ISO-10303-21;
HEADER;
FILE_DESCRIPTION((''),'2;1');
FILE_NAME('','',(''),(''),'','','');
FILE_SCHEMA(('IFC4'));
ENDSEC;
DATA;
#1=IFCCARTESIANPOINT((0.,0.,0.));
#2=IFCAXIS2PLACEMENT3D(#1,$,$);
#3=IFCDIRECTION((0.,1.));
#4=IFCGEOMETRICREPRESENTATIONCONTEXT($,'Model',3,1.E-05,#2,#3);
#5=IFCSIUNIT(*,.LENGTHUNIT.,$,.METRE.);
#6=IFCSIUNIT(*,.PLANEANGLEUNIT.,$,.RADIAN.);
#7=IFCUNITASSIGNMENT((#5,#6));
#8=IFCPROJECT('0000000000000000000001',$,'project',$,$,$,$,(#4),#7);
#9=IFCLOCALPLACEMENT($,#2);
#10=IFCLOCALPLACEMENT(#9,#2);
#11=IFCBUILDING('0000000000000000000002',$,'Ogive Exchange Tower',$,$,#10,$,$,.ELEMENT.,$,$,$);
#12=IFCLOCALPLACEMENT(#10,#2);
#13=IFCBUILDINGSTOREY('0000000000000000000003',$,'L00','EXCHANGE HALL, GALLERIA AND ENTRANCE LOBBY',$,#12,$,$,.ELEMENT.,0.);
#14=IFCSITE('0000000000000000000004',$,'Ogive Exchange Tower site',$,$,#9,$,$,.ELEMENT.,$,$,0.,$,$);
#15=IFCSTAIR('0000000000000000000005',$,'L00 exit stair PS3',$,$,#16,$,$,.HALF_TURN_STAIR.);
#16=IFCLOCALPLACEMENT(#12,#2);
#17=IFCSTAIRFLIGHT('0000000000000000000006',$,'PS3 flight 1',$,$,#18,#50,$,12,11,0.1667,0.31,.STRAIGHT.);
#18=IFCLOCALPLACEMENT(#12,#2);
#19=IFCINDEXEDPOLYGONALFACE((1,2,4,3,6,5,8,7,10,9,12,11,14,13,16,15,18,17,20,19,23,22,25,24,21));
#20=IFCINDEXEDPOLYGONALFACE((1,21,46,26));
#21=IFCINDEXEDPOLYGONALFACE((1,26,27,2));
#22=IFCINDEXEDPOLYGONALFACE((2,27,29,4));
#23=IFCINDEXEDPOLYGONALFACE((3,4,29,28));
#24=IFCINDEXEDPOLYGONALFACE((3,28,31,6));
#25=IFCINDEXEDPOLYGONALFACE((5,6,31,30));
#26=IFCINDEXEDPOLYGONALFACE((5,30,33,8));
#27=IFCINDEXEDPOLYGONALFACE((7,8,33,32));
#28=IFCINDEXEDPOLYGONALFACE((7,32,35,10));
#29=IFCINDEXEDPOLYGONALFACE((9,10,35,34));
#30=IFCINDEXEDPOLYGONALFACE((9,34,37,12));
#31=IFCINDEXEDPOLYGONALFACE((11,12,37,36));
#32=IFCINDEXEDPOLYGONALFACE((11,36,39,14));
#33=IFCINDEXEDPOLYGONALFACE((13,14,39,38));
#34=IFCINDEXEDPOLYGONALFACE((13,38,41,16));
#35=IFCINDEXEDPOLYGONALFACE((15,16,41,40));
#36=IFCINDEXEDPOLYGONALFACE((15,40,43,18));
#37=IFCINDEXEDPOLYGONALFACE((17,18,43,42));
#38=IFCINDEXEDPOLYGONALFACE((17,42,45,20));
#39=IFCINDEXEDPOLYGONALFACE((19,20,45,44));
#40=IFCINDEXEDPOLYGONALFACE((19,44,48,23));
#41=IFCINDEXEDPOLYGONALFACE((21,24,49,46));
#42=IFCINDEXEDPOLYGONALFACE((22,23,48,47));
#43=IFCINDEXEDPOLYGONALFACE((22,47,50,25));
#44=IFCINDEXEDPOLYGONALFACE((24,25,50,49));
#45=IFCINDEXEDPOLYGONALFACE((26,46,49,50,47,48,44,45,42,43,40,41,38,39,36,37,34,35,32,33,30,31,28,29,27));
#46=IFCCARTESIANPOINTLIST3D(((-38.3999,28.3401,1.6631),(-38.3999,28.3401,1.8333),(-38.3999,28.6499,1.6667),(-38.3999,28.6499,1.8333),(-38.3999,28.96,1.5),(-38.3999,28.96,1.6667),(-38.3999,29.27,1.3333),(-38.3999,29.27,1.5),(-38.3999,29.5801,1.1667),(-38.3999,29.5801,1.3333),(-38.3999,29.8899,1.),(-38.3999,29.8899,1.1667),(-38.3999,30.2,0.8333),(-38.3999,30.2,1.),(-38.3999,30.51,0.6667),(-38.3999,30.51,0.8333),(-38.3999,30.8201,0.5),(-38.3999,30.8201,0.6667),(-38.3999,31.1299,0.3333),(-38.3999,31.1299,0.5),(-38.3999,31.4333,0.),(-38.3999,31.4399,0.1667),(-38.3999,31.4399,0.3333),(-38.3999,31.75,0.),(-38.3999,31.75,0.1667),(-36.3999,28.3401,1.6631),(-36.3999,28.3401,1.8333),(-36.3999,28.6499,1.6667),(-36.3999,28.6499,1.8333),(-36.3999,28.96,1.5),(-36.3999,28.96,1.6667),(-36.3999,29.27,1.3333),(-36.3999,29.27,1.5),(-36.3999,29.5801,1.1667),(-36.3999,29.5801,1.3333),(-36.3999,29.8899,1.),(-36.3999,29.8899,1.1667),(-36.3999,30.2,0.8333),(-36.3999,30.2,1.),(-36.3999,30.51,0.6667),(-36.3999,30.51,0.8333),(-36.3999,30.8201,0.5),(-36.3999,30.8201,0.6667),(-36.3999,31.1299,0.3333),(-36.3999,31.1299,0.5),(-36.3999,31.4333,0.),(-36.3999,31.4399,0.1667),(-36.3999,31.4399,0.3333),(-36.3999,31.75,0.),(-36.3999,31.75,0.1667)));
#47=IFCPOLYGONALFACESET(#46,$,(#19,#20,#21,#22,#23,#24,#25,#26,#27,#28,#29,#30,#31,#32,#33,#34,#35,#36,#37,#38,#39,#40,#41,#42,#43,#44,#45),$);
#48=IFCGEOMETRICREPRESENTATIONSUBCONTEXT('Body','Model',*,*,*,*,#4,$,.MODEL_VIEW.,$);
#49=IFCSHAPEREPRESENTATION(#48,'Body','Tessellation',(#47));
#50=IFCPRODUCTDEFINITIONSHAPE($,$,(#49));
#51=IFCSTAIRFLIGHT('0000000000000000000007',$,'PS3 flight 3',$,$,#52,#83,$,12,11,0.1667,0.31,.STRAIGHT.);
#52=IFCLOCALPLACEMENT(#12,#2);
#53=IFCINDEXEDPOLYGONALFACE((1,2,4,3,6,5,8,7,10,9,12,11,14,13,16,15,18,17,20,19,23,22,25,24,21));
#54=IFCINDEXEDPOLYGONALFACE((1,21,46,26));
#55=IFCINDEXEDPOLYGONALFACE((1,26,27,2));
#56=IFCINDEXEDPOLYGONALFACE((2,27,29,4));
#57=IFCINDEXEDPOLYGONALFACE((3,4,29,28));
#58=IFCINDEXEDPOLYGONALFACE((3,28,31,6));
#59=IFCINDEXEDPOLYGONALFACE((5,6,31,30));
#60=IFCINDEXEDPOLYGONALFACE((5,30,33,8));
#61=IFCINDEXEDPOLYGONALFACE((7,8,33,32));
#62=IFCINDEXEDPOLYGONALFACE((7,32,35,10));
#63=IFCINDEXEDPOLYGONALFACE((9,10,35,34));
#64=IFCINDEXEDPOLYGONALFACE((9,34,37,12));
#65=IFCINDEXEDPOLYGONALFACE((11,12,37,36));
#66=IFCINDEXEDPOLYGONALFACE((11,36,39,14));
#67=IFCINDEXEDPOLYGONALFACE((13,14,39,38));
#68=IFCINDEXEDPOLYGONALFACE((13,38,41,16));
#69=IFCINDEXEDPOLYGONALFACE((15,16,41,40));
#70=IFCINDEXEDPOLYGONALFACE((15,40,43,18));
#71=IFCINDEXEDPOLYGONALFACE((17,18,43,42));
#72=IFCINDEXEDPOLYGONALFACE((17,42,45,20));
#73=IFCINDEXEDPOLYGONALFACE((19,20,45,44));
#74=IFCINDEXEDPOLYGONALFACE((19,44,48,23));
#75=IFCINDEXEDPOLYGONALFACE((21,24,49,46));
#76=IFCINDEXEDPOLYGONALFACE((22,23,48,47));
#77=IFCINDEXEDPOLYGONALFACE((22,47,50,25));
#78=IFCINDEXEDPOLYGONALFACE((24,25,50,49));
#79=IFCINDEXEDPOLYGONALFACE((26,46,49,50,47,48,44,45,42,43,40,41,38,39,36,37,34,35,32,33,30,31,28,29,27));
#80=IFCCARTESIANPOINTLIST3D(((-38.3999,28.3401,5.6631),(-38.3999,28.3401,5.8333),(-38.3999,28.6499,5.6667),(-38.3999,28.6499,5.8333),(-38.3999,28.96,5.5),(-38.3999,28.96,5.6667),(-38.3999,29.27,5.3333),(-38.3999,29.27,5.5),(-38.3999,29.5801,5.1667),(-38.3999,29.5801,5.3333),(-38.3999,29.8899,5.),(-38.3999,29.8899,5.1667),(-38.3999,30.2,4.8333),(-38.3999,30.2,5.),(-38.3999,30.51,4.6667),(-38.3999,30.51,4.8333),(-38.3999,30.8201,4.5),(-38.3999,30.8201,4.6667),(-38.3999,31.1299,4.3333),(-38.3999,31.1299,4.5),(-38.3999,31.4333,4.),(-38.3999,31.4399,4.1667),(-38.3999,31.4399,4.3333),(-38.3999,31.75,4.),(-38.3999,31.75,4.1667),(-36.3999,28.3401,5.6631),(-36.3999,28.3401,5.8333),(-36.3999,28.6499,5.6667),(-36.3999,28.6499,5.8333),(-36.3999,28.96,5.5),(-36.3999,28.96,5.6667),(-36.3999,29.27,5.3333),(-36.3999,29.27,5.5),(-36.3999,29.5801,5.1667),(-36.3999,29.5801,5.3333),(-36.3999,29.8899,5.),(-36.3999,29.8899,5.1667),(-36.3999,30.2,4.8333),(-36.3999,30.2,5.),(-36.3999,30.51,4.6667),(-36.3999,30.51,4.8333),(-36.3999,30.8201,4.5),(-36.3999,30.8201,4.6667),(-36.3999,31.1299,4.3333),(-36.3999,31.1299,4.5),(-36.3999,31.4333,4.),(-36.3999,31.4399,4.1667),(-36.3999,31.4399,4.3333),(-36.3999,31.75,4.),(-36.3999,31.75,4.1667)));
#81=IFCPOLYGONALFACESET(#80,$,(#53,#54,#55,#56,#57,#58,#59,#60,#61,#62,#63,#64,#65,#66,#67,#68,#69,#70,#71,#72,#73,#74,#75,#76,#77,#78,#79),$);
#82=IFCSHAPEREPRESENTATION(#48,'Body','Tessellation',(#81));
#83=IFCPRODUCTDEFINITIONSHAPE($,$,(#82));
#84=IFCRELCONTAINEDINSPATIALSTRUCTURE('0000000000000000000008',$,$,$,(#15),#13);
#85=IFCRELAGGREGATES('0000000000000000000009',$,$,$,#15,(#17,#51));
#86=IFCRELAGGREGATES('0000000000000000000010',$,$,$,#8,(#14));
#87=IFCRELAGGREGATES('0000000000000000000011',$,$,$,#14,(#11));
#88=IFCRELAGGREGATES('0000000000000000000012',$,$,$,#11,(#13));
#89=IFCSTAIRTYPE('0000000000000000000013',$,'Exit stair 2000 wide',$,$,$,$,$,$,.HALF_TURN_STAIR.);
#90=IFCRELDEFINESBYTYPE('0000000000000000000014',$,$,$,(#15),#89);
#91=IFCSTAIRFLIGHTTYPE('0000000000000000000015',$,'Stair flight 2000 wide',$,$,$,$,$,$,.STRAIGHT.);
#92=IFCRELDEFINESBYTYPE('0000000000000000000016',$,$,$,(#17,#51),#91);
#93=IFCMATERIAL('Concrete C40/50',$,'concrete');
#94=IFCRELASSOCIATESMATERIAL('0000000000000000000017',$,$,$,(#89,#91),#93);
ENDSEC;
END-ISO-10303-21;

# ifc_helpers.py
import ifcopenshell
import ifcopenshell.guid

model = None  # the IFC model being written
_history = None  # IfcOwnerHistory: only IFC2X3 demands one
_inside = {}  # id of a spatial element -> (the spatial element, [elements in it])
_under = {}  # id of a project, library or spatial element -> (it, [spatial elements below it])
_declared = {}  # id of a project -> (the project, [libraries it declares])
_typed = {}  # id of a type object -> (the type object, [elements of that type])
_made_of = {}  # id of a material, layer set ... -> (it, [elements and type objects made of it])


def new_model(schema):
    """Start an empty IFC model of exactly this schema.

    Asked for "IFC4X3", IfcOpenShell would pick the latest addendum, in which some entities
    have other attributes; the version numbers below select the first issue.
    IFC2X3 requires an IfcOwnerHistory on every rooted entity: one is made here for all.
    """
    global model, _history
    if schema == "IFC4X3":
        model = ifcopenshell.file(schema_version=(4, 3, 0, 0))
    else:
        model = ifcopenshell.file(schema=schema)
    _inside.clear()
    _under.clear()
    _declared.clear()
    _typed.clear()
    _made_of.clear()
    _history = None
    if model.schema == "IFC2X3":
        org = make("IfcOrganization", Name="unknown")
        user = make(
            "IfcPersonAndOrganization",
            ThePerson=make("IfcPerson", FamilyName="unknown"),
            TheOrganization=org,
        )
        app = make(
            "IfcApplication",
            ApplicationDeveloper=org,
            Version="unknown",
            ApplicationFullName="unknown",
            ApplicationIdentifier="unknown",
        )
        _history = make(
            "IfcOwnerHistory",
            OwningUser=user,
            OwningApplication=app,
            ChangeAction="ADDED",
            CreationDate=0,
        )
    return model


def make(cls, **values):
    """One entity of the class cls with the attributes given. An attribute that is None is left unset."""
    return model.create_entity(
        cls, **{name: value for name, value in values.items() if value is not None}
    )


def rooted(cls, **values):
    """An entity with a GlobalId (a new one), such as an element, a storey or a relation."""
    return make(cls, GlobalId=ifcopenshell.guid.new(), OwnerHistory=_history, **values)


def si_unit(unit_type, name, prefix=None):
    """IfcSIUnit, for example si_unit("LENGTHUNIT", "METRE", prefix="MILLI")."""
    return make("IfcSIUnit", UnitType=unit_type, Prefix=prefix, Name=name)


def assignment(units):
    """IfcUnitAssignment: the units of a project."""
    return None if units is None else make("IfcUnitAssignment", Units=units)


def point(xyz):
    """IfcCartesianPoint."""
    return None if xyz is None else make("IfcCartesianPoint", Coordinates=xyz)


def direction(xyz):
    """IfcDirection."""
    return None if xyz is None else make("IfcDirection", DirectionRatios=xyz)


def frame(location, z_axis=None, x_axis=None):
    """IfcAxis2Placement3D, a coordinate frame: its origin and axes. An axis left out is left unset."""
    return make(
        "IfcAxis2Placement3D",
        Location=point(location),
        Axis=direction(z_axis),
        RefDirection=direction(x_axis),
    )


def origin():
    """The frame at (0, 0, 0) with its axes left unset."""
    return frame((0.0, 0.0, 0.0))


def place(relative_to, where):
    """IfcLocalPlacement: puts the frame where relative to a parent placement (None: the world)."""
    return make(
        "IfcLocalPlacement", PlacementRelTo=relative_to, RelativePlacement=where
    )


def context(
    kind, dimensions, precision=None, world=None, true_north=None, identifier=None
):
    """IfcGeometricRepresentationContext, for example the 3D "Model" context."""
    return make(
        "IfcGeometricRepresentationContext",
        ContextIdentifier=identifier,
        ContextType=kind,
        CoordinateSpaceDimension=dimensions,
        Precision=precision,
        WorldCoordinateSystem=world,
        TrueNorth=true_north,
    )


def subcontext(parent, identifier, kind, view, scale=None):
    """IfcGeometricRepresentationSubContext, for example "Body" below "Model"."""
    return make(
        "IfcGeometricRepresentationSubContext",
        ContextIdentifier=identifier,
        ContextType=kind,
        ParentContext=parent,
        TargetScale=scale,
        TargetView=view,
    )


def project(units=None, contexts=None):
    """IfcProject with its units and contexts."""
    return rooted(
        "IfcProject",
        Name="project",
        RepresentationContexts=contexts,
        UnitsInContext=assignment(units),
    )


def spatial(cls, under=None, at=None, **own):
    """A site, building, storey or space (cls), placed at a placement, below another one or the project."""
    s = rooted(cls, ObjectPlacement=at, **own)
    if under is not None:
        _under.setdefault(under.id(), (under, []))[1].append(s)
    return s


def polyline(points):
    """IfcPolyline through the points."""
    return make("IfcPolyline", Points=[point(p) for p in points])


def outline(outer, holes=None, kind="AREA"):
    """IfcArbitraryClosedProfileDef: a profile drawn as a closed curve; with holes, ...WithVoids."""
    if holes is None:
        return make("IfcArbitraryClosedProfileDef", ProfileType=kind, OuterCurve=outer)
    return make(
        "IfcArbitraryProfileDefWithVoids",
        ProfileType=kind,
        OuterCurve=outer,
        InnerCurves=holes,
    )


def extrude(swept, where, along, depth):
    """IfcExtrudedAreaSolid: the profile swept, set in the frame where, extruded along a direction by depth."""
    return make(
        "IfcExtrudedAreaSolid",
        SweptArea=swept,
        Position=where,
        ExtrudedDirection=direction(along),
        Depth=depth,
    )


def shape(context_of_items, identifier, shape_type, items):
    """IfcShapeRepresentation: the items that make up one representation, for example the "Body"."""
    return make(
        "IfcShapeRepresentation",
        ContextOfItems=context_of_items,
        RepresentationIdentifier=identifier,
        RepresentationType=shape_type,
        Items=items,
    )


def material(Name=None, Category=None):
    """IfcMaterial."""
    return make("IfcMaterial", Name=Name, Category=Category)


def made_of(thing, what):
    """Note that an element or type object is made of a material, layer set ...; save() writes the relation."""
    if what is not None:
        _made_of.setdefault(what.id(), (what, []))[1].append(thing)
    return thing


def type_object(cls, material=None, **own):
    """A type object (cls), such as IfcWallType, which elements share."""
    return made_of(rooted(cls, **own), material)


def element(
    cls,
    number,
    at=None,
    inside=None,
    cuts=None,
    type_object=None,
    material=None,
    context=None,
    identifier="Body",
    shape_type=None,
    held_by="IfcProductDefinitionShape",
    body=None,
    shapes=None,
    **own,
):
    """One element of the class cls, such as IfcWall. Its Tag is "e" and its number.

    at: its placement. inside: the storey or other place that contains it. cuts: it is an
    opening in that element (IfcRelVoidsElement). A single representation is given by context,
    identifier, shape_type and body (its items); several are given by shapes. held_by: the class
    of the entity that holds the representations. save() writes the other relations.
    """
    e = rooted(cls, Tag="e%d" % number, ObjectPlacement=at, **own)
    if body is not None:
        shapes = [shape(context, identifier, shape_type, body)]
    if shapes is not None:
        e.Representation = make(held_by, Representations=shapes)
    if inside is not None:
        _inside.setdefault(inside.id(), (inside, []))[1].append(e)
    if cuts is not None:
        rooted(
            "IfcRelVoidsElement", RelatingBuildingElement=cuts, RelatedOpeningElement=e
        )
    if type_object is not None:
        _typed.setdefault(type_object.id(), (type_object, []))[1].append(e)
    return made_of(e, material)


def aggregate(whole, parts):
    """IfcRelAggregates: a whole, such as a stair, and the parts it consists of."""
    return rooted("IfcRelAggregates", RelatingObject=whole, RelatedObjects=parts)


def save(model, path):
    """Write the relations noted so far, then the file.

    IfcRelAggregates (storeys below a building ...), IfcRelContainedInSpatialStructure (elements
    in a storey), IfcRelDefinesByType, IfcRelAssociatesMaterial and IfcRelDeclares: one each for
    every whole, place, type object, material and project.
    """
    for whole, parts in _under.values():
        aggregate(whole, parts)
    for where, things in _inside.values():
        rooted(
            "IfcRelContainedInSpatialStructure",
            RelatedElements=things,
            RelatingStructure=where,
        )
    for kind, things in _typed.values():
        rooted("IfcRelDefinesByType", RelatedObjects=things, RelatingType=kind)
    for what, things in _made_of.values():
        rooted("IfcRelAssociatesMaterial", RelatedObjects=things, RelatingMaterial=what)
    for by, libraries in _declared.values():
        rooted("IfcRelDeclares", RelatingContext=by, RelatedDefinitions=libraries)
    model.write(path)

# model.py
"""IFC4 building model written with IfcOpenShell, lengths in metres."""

from ifc_helpers import new_model, si_unit, direction, frame, origin, place, context, subcontext, project, spatial, polyline, outline, extrude, material, type_object, element, aggregate, save


model = new_model("IFC4")

# Units and contexts
model_context = context("Model", 3, precision=1e-05, world=origin(), true_north=direction((0.0, 1.0)))
body_context = subcontext(model_context, "Body", "Model", "MODEL_VIEW")
ifc_project = project(units=[si_unit("LENGTHUNIT", "METRE"), si_unit("PLANEANGLEUNIT", "RADIAN")], contexts=[model_context])

# Site, building, storey
site_placement = place(None, origin())
site = spatial("IfcSite", under=ifc_project, at=site_placement, Name="Ogive Exchange Tower site", CompositionType="ELEMENT", RefElevation=0.0)
building_placement = place(site_placement, origin())
building = spatial("IfcBuilding", under=site, at=building_placement, Name="Ogive Exchange Tower", CompositionType="ELEMENT")
storey_placement = place(building_placement, origin())
storey = spatial("IfcBuildingStorey", under=building, at=storey_placement, Name="L00", Description="EXCHANGE HALL, GALLERIA AND ENTRANCE LOBBY", CompositionType="ELEMENT", Elevation=0.0)

# Stair, stair flights
ifc_material_1 = material(Name="Concrete C40/50", Category="concrete")
stair_type = type_object("IfcStairType", Name="Exit stair 2000 wide", PredefinedType="HALF_TURN_STAIR", material=ifc_material_1)
stair_placement = place(storey_placement, origin())
stair = element("IfcStair", 1, at=stair_placement, inside=storey, type_object=stair_type, Name="L00 exit stair PS3", PredefinedType="HALF_TURN_STAIR")
stair_flight_type = type_object("IfcStairFlightType", Name="Stair flight 2000 wide", PredefinedType="STRAIGHT", material=ifc_material_1)
stair_flight_1_placement = place(storey_placement, frame((-37.3999, 31.75, 0.0), z_axis=(0.0, 0.0, 1.0), x_axis=(0.0, -1.0, 0.0)))
stair_flight_1 = element("IfcStairFlight", 2, at=stair_flight_1_placement, type_object=stair_flight_type, Name="PS3 flight 1", NumberOfRisers=12, NumberOfTreads=11, PredefinedType="STRAIGHT", RiserHeight=0.1667, TreadLength=0.31, context=body_context, shape_type="SweptSolid", body=[
    extrude(outline(polyline([(0.0, 0.0), (0.0, 0.1667), (0.3101, 0.1667), (0.3101, 0.3333), (0.6201, 0.3333), (0.6201, 0.5), (0.9299, 0.5), (0.9299, 0.6667), (1.24, 0.6667), (1.24, 0.8333), (1.55, 0.8333), (1.55, 1.0), (1.8601, 1.0), (1.8601, 1.1667), (2.1699, 1.1667), (2.1699, 1.3333), (2.48, 1.3333), (2.48, 1.5), (2.79, 1.5), (2.79, 1.6667), (3.1001, 1.6667), (3.1001, 1.8333), (3.4099, 1.8333), (3.4099, 2.0), (3.4099, 1.6631), (0.3167, 0.0), (0.0, 0.0)])), frame((0.0, 1.0, 0.0), z_axis=(0.0, -1.0, 0.0), x_axis=(1.0, 0.0, 0.0)), (0.0, 0.0, 1.0), 2.0),
])
stair_flight_2_placement = place(storey_placement, frame((-37.3999, 31.75, 4.0), z_axis=(0.0, 0.0, 1.0), x_axis=(0.0, -1.0, 0.0)))
stair_flight_2 = element("IfcStairFlight", 3, at=stair_flight_2_placement, type_object=stair_flight_type, Name="PS3 flight 3", NumberOfRisers=12, NumberOfTreads=11, PredefinedType="STRAIGHT", RiserHeight=0.1667, TreadLength=0.31, context=body_context, shape_type="SweptSolid", body=[
    extrude(outline(polyline([(0.0, 0.0), (0.0, 0.1667), (0.3101, 0.1667), (0.3101, 0.3333), (0.6201, 0.3333), (0.6201, 0.5), (0.9299, 0.5), (0.9299, 0.6667), (1.24, 0.6667), (1.24, 0.8333), (1.55, 0.8333), (1.55, 1.0), (1.8601, 1.0), (1.8601, 1.1667), (2.1699, 1.1667), (2.1699, 1.3333), (2.48, 1.3333), (2.48, 1.5), (2.79, 1.5), (2.79, 1.6667), (3.1001, 1.6667), (3.1001, 1.8333), (3.4099, 1.8333), (3.4099, 2.0), (3.4099, 1.6631), (0.3167, 0.0), (0.0, 0.0)])), frame((0.0, 1.0, 0.0), z_axis=(0.0, -1.0, 0.0), x_axis=(1.0, 0.0, 0.0)), (0.0, 0.0, 1.0), 2.0),
])
aggregate(stair, [stair_flight_1, stair_flight_2])

save(model, "model.ifc")
